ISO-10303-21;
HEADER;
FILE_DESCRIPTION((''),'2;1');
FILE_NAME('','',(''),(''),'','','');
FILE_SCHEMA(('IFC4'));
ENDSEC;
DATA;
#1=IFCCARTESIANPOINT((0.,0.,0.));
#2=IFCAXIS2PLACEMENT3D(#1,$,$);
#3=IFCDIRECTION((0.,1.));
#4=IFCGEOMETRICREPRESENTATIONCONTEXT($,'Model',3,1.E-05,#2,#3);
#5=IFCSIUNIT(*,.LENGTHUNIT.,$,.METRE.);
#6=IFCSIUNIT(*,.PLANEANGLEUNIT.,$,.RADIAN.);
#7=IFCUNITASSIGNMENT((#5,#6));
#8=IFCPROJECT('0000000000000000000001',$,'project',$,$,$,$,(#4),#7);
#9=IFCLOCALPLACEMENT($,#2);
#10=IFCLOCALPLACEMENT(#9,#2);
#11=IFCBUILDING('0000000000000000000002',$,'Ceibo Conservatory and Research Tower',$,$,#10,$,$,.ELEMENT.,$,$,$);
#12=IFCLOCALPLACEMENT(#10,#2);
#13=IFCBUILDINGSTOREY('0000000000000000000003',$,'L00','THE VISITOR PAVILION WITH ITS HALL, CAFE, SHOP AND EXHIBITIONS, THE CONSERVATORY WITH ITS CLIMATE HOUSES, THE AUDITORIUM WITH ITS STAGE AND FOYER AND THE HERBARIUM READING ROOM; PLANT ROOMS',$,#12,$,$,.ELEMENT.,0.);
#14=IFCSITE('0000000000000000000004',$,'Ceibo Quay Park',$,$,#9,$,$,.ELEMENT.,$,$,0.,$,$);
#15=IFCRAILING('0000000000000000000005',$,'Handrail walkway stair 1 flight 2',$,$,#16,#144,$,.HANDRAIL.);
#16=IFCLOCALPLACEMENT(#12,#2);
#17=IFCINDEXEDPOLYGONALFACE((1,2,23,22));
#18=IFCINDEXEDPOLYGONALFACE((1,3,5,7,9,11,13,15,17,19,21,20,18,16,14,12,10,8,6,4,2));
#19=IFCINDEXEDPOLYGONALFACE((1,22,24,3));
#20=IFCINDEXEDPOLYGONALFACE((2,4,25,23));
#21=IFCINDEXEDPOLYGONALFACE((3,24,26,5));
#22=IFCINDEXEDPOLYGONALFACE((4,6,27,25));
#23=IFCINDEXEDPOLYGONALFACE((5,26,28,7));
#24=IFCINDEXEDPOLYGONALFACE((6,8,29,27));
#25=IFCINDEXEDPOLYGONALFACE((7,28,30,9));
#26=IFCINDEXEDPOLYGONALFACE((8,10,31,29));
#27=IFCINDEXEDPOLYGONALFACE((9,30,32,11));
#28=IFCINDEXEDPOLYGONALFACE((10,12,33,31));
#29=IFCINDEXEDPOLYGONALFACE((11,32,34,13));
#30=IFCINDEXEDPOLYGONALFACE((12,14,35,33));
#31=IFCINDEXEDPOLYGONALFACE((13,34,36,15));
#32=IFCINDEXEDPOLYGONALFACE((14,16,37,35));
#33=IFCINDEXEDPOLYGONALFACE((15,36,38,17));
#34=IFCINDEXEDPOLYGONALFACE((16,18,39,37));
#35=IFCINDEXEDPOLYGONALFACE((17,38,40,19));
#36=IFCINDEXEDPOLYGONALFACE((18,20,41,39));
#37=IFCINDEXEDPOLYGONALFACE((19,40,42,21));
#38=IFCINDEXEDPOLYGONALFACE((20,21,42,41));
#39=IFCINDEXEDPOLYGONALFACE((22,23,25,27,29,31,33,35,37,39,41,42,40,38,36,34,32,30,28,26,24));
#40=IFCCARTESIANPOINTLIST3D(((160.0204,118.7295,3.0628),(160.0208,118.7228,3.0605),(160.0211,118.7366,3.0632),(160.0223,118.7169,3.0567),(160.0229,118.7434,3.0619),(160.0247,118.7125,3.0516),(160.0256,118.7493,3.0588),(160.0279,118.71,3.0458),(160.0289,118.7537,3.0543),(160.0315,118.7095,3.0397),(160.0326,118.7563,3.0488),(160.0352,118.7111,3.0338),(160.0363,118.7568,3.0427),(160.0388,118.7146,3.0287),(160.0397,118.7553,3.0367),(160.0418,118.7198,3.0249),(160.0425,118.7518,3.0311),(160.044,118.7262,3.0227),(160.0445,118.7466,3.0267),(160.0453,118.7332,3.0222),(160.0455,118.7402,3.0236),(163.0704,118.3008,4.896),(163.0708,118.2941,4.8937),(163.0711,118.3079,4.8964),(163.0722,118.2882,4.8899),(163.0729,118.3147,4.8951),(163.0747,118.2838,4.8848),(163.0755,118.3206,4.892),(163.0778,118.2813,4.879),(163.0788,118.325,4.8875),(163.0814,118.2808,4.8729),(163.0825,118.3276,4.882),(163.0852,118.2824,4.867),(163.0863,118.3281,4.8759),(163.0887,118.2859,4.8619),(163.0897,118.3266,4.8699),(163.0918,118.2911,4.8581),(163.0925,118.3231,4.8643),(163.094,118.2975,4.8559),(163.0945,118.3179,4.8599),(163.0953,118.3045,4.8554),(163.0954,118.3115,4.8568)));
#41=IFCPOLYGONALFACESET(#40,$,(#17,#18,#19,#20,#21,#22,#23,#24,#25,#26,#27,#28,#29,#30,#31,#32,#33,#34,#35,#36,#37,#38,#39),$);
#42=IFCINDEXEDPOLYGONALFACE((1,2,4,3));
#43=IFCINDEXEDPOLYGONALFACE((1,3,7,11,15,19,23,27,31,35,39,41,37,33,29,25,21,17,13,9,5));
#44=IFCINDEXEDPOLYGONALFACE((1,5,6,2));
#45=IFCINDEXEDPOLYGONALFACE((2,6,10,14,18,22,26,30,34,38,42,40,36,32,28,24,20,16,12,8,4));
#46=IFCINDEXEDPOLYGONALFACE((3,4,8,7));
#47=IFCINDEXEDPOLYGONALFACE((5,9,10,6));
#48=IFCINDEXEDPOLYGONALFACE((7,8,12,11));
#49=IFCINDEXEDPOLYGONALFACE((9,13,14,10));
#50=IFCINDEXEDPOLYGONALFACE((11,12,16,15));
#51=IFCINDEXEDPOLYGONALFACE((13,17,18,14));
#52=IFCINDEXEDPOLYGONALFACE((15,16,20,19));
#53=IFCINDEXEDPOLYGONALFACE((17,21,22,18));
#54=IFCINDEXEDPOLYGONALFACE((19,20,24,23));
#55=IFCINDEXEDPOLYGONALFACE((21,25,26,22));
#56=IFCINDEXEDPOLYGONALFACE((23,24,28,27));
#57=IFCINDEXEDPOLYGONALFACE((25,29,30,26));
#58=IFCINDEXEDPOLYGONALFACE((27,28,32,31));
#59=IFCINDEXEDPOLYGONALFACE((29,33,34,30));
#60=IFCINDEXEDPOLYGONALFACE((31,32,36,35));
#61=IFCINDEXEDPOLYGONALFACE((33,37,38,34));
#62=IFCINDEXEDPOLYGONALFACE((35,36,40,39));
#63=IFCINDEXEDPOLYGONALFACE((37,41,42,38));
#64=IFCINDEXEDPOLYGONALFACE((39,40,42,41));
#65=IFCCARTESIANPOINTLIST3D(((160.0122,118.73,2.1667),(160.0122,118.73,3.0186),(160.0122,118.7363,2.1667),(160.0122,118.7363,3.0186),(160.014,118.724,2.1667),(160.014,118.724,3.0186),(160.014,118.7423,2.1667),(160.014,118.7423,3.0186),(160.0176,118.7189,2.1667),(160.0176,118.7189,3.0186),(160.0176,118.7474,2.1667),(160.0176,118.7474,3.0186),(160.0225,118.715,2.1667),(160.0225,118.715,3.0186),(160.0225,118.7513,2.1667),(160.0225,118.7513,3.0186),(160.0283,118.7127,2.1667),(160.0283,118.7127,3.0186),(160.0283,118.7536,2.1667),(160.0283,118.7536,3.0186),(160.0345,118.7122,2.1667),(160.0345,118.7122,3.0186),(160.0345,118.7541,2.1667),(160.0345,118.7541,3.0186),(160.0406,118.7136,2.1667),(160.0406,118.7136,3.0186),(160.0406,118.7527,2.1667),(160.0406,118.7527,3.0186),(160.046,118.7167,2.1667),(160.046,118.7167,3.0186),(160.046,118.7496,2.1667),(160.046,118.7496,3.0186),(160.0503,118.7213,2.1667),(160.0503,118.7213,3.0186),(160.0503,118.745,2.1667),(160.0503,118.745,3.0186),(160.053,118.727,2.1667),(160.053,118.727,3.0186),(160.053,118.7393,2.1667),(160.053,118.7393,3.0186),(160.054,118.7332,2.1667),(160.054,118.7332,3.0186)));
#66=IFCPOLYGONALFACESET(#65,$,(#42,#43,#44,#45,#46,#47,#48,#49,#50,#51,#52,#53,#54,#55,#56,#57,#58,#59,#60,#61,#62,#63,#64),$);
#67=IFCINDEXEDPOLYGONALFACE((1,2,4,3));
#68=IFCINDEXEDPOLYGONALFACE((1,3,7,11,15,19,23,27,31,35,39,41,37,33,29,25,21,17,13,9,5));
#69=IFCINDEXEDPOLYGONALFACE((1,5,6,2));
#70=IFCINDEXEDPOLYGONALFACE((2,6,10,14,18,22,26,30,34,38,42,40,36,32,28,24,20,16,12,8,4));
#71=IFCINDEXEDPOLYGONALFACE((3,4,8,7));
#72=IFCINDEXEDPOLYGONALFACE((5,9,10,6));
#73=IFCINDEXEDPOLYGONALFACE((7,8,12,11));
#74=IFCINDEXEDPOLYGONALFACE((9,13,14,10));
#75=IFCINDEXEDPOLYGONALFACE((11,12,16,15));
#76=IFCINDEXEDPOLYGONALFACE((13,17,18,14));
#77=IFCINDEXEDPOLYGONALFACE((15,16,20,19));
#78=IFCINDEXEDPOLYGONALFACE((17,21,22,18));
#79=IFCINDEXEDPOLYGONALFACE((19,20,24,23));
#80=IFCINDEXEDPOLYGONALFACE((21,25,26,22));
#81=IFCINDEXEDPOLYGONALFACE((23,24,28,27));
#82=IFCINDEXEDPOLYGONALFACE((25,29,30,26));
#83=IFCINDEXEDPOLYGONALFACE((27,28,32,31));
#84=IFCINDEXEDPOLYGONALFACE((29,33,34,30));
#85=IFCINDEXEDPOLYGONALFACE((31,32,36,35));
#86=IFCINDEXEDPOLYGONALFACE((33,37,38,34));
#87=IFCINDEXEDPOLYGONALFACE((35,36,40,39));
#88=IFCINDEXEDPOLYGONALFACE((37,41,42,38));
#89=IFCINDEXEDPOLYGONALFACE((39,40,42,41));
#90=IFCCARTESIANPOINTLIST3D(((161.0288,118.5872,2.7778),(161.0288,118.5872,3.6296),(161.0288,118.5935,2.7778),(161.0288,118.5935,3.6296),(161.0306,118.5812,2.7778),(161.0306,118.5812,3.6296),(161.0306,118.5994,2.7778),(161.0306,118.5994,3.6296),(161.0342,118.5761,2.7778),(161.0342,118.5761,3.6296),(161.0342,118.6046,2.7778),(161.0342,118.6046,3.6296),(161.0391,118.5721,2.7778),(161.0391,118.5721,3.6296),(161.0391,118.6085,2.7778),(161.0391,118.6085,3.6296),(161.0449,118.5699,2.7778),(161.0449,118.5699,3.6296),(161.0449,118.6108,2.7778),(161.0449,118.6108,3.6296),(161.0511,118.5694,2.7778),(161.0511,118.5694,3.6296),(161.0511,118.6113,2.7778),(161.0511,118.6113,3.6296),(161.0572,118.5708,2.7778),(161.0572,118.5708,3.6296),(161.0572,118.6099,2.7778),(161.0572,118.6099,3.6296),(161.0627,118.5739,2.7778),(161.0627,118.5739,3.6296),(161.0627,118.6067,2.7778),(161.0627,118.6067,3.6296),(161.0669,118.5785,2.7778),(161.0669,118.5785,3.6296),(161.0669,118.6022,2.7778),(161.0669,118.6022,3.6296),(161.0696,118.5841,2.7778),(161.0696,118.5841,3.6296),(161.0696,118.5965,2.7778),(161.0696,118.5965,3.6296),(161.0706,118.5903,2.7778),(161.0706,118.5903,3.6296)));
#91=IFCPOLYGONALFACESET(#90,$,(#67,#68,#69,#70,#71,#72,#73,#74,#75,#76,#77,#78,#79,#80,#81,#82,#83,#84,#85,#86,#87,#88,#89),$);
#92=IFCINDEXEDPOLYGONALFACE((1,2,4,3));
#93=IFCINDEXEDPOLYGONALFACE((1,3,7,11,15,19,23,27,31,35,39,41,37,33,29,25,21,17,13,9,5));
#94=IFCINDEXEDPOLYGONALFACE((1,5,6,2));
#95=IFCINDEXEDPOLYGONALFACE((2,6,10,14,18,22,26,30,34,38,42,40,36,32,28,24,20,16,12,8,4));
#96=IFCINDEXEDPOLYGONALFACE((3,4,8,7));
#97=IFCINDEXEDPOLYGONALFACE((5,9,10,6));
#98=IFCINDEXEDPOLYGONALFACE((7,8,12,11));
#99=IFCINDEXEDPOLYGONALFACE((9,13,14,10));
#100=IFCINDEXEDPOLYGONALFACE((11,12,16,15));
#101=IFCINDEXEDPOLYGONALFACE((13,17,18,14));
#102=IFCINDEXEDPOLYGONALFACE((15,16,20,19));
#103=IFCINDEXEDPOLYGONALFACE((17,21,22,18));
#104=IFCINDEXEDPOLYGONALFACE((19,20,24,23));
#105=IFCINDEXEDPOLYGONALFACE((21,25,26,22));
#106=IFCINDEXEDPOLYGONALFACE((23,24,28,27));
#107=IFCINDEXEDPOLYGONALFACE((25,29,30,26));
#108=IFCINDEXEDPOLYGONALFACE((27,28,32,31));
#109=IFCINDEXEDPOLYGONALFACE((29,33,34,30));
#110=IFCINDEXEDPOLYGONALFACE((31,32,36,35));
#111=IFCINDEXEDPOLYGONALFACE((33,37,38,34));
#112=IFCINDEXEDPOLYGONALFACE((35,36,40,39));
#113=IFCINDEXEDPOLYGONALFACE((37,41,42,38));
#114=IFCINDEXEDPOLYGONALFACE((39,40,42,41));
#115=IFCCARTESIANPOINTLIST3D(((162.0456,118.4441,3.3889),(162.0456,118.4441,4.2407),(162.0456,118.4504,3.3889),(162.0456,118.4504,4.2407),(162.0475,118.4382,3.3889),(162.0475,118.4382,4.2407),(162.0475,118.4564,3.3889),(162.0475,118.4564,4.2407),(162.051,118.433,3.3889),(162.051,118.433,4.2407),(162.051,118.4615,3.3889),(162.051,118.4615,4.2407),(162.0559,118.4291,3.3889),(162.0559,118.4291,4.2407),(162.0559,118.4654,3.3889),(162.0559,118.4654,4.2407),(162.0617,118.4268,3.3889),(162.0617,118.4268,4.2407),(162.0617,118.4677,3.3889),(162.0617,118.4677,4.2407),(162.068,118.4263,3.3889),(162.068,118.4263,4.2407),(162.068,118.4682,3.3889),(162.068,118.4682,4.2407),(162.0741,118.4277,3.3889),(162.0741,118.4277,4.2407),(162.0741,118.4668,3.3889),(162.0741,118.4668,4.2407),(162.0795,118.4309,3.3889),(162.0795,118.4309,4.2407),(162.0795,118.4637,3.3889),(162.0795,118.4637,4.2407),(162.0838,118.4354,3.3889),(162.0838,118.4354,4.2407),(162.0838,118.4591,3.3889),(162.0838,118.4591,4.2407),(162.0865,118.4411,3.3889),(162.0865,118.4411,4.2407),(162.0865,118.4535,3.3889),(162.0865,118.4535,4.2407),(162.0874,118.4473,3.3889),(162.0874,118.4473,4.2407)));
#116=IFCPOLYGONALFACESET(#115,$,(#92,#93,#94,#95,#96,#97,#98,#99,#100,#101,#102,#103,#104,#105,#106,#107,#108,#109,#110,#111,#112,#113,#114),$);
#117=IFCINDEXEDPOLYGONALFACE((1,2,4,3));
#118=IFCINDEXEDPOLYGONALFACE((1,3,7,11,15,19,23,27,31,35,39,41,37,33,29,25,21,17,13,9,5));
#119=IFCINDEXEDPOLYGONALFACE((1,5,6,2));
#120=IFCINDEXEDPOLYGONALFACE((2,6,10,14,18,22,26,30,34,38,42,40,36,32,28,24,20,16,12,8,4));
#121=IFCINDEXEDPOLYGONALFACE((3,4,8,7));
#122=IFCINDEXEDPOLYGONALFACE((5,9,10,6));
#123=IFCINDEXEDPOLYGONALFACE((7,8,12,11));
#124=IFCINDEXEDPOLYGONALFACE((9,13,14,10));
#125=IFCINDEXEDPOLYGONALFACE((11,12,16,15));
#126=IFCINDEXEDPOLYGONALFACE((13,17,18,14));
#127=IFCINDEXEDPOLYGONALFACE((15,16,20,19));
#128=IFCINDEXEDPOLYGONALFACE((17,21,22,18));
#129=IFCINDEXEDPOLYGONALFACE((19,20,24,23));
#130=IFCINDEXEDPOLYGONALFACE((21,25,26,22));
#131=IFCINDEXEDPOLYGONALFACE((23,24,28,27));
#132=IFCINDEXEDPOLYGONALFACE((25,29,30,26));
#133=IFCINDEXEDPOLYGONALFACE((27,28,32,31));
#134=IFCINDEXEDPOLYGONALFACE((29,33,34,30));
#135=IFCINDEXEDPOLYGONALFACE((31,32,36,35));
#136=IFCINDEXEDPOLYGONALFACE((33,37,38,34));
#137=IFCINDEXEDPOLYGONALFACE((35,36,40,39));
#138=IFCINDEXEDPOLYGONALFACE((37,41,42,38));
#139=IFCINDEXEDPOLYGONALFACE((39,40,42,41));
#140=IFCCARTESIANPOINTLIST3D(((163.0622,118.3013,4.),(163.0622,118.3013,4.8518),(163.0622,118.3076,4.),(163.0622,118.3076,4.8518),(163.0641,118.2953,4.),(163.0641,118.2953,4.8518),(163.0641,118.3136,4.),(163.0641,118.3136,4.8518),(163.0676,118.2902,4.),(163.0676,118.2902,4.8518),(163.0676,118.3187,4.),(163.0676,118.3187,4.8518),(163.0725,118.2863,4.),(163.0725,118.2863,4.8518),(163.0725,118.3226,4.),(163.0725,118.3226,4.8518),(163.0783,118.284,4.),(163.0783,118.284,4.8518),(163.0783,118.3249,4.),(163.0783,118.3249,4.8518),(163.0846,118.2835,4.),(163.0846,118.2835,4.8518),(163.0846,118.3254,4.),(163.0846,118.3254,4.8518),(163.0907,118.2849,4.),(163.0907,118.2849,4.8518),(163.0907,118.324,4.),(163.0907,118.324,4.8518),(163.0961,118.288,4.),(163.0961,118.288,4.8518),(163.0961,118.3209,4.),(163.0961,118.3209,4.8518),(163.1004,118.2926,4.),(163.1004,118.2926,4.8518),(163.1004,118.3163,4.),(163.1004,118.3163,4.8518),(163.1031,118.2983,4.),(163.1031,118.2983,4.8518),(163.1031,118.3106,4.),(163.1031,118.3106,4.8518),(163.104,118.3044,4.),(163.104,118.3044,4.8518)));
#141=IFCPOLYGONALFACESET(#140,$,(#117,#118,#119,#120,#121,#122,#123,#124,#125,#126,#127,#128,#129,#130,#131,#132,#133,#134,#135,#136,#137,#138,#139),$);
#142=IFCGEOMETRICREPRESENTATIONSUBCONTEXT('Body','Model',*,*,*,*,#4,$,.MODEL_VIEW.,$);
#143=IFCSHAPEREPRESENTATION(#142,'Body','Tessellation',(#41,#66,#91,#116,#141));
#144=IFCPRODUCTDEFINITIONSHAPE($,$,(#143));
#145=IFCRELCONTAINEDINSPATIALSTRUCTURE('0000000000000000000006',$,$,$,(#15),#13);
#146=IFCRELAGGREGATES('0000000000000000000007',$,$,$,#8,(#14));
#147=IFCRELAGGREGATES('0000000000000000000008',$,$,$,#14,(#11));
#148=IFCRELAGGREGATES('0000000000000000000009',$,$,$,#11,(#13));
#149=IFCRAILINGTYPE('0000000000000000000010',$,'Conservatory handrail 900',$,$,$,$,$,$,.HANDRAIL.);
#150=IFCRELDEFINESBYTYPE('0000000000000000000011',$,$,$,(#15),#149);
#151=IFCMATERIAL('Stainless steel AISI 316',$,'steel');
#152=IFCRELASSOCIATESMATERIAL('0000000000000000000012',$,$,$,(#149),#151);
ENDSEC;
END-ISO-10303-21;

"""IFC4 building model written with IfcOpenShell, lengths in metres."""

from ifc_helpers import new_model, si_unit, direction, frame, origin, origin_2d, place, context, subcontext, project, spatial, circle, extrude, material, type_object, element, save


model = new_model("IFC4")

# Units and contexts
model_context = context("Model", 3, precision=1e-05, world=origin(), true_north=direction((0.0, 1.0)))
body_context = subcontext(model_context, "Body", "Model", "MODEL_VIEW")
ifc_project = project(units=[si_unit("LENGTHUNIT", "METRE"), si_unit("PLANEANGLEUNIT", "RADIAN")], contexts=[model_context])

# Site, building, storey
site_placement = place(None, origin())
site = spatial("IfcSite", under=ifc_project, at=site_placement, Name="Ceibo Quay Park", CompositionType="ELEMENT", RefElevation=0.0)
building_placement = place(site_placement, origin())
building = spatial("IfcBuilding", under=site, at=building_placement, Name="Ceibo Conservatory and Research Tower", CompositionType="ELEMENT")
storey_placement = place(building_placement, origin())
storey = spatial("IfcBuildingStorey", under=building, at=storey_placement, Name="L00", Description="THE VISITOR PAVILION WITH ITS HALL, CAFE, SHOP AND EXHIBITIONS, THE CONSERVATORY WITH ITS CLIMATE HOUSES, THE AUDITORIUM WITH ITS STAGE AND FOYER AND THE HERBARIUM READING ROOM; PLANT ROOMS", CompositionType="ELEMENT", Elevation=0.0)

# Railing
ifc_material_1 = material(Name="Stainless steel AISI 316", Category="steel")
railing_type_1 = type_object("IfcRailingType", Name="Conservatory handrail 900", PredefinedType="HANDRAIL", material=ifc_material_1)
railing_1_placement = place(storey_placement, frame((160.033, 118.7332, 2.1667)))
element("IfcRailing", 1, at=railing_1_placement, inside=storey, type_object=railing_type_1, Name="Handrail walkway stair 1 flight 2", PredefinedType="HANDRAIL", context=body_context, shape_type="SweptSolid", body=[
    extrude(circle(Radius=0.0239, at=origin_2d()), frame((0.0, 0.0, 0.876), z_axis=(0.85094, -0.119607, 0.511463), x_axis=(0.13919, 0.990266, 0.0)), (0.0, 0.0, 1.0), 3.5842),
    extrude(circle(Radius=0.021, at=origin_2d()), origin(), (0.0, 0.0, 1.0), 0.8518),
    extrude(circle(Radius=0.021, at=origin_2d()), frame((1.0166, -0.1428, 0.6111)), (0.0, 0.0, 1.0), 0.8518),
    extrude(circle(Radius=0.021, at=origin_2d()), frame((2.0334, -0.2859, 1.2222)), (0.0, 0.0, 1.0), 0.8518),
    extrude(circle(Radius=0.021, at=origin_2d()), frame((3.05, -0.4287, 1.8333)), (0.0, 0.0, 1.0), 0.8518),
])

save(model, "model.ifc")
